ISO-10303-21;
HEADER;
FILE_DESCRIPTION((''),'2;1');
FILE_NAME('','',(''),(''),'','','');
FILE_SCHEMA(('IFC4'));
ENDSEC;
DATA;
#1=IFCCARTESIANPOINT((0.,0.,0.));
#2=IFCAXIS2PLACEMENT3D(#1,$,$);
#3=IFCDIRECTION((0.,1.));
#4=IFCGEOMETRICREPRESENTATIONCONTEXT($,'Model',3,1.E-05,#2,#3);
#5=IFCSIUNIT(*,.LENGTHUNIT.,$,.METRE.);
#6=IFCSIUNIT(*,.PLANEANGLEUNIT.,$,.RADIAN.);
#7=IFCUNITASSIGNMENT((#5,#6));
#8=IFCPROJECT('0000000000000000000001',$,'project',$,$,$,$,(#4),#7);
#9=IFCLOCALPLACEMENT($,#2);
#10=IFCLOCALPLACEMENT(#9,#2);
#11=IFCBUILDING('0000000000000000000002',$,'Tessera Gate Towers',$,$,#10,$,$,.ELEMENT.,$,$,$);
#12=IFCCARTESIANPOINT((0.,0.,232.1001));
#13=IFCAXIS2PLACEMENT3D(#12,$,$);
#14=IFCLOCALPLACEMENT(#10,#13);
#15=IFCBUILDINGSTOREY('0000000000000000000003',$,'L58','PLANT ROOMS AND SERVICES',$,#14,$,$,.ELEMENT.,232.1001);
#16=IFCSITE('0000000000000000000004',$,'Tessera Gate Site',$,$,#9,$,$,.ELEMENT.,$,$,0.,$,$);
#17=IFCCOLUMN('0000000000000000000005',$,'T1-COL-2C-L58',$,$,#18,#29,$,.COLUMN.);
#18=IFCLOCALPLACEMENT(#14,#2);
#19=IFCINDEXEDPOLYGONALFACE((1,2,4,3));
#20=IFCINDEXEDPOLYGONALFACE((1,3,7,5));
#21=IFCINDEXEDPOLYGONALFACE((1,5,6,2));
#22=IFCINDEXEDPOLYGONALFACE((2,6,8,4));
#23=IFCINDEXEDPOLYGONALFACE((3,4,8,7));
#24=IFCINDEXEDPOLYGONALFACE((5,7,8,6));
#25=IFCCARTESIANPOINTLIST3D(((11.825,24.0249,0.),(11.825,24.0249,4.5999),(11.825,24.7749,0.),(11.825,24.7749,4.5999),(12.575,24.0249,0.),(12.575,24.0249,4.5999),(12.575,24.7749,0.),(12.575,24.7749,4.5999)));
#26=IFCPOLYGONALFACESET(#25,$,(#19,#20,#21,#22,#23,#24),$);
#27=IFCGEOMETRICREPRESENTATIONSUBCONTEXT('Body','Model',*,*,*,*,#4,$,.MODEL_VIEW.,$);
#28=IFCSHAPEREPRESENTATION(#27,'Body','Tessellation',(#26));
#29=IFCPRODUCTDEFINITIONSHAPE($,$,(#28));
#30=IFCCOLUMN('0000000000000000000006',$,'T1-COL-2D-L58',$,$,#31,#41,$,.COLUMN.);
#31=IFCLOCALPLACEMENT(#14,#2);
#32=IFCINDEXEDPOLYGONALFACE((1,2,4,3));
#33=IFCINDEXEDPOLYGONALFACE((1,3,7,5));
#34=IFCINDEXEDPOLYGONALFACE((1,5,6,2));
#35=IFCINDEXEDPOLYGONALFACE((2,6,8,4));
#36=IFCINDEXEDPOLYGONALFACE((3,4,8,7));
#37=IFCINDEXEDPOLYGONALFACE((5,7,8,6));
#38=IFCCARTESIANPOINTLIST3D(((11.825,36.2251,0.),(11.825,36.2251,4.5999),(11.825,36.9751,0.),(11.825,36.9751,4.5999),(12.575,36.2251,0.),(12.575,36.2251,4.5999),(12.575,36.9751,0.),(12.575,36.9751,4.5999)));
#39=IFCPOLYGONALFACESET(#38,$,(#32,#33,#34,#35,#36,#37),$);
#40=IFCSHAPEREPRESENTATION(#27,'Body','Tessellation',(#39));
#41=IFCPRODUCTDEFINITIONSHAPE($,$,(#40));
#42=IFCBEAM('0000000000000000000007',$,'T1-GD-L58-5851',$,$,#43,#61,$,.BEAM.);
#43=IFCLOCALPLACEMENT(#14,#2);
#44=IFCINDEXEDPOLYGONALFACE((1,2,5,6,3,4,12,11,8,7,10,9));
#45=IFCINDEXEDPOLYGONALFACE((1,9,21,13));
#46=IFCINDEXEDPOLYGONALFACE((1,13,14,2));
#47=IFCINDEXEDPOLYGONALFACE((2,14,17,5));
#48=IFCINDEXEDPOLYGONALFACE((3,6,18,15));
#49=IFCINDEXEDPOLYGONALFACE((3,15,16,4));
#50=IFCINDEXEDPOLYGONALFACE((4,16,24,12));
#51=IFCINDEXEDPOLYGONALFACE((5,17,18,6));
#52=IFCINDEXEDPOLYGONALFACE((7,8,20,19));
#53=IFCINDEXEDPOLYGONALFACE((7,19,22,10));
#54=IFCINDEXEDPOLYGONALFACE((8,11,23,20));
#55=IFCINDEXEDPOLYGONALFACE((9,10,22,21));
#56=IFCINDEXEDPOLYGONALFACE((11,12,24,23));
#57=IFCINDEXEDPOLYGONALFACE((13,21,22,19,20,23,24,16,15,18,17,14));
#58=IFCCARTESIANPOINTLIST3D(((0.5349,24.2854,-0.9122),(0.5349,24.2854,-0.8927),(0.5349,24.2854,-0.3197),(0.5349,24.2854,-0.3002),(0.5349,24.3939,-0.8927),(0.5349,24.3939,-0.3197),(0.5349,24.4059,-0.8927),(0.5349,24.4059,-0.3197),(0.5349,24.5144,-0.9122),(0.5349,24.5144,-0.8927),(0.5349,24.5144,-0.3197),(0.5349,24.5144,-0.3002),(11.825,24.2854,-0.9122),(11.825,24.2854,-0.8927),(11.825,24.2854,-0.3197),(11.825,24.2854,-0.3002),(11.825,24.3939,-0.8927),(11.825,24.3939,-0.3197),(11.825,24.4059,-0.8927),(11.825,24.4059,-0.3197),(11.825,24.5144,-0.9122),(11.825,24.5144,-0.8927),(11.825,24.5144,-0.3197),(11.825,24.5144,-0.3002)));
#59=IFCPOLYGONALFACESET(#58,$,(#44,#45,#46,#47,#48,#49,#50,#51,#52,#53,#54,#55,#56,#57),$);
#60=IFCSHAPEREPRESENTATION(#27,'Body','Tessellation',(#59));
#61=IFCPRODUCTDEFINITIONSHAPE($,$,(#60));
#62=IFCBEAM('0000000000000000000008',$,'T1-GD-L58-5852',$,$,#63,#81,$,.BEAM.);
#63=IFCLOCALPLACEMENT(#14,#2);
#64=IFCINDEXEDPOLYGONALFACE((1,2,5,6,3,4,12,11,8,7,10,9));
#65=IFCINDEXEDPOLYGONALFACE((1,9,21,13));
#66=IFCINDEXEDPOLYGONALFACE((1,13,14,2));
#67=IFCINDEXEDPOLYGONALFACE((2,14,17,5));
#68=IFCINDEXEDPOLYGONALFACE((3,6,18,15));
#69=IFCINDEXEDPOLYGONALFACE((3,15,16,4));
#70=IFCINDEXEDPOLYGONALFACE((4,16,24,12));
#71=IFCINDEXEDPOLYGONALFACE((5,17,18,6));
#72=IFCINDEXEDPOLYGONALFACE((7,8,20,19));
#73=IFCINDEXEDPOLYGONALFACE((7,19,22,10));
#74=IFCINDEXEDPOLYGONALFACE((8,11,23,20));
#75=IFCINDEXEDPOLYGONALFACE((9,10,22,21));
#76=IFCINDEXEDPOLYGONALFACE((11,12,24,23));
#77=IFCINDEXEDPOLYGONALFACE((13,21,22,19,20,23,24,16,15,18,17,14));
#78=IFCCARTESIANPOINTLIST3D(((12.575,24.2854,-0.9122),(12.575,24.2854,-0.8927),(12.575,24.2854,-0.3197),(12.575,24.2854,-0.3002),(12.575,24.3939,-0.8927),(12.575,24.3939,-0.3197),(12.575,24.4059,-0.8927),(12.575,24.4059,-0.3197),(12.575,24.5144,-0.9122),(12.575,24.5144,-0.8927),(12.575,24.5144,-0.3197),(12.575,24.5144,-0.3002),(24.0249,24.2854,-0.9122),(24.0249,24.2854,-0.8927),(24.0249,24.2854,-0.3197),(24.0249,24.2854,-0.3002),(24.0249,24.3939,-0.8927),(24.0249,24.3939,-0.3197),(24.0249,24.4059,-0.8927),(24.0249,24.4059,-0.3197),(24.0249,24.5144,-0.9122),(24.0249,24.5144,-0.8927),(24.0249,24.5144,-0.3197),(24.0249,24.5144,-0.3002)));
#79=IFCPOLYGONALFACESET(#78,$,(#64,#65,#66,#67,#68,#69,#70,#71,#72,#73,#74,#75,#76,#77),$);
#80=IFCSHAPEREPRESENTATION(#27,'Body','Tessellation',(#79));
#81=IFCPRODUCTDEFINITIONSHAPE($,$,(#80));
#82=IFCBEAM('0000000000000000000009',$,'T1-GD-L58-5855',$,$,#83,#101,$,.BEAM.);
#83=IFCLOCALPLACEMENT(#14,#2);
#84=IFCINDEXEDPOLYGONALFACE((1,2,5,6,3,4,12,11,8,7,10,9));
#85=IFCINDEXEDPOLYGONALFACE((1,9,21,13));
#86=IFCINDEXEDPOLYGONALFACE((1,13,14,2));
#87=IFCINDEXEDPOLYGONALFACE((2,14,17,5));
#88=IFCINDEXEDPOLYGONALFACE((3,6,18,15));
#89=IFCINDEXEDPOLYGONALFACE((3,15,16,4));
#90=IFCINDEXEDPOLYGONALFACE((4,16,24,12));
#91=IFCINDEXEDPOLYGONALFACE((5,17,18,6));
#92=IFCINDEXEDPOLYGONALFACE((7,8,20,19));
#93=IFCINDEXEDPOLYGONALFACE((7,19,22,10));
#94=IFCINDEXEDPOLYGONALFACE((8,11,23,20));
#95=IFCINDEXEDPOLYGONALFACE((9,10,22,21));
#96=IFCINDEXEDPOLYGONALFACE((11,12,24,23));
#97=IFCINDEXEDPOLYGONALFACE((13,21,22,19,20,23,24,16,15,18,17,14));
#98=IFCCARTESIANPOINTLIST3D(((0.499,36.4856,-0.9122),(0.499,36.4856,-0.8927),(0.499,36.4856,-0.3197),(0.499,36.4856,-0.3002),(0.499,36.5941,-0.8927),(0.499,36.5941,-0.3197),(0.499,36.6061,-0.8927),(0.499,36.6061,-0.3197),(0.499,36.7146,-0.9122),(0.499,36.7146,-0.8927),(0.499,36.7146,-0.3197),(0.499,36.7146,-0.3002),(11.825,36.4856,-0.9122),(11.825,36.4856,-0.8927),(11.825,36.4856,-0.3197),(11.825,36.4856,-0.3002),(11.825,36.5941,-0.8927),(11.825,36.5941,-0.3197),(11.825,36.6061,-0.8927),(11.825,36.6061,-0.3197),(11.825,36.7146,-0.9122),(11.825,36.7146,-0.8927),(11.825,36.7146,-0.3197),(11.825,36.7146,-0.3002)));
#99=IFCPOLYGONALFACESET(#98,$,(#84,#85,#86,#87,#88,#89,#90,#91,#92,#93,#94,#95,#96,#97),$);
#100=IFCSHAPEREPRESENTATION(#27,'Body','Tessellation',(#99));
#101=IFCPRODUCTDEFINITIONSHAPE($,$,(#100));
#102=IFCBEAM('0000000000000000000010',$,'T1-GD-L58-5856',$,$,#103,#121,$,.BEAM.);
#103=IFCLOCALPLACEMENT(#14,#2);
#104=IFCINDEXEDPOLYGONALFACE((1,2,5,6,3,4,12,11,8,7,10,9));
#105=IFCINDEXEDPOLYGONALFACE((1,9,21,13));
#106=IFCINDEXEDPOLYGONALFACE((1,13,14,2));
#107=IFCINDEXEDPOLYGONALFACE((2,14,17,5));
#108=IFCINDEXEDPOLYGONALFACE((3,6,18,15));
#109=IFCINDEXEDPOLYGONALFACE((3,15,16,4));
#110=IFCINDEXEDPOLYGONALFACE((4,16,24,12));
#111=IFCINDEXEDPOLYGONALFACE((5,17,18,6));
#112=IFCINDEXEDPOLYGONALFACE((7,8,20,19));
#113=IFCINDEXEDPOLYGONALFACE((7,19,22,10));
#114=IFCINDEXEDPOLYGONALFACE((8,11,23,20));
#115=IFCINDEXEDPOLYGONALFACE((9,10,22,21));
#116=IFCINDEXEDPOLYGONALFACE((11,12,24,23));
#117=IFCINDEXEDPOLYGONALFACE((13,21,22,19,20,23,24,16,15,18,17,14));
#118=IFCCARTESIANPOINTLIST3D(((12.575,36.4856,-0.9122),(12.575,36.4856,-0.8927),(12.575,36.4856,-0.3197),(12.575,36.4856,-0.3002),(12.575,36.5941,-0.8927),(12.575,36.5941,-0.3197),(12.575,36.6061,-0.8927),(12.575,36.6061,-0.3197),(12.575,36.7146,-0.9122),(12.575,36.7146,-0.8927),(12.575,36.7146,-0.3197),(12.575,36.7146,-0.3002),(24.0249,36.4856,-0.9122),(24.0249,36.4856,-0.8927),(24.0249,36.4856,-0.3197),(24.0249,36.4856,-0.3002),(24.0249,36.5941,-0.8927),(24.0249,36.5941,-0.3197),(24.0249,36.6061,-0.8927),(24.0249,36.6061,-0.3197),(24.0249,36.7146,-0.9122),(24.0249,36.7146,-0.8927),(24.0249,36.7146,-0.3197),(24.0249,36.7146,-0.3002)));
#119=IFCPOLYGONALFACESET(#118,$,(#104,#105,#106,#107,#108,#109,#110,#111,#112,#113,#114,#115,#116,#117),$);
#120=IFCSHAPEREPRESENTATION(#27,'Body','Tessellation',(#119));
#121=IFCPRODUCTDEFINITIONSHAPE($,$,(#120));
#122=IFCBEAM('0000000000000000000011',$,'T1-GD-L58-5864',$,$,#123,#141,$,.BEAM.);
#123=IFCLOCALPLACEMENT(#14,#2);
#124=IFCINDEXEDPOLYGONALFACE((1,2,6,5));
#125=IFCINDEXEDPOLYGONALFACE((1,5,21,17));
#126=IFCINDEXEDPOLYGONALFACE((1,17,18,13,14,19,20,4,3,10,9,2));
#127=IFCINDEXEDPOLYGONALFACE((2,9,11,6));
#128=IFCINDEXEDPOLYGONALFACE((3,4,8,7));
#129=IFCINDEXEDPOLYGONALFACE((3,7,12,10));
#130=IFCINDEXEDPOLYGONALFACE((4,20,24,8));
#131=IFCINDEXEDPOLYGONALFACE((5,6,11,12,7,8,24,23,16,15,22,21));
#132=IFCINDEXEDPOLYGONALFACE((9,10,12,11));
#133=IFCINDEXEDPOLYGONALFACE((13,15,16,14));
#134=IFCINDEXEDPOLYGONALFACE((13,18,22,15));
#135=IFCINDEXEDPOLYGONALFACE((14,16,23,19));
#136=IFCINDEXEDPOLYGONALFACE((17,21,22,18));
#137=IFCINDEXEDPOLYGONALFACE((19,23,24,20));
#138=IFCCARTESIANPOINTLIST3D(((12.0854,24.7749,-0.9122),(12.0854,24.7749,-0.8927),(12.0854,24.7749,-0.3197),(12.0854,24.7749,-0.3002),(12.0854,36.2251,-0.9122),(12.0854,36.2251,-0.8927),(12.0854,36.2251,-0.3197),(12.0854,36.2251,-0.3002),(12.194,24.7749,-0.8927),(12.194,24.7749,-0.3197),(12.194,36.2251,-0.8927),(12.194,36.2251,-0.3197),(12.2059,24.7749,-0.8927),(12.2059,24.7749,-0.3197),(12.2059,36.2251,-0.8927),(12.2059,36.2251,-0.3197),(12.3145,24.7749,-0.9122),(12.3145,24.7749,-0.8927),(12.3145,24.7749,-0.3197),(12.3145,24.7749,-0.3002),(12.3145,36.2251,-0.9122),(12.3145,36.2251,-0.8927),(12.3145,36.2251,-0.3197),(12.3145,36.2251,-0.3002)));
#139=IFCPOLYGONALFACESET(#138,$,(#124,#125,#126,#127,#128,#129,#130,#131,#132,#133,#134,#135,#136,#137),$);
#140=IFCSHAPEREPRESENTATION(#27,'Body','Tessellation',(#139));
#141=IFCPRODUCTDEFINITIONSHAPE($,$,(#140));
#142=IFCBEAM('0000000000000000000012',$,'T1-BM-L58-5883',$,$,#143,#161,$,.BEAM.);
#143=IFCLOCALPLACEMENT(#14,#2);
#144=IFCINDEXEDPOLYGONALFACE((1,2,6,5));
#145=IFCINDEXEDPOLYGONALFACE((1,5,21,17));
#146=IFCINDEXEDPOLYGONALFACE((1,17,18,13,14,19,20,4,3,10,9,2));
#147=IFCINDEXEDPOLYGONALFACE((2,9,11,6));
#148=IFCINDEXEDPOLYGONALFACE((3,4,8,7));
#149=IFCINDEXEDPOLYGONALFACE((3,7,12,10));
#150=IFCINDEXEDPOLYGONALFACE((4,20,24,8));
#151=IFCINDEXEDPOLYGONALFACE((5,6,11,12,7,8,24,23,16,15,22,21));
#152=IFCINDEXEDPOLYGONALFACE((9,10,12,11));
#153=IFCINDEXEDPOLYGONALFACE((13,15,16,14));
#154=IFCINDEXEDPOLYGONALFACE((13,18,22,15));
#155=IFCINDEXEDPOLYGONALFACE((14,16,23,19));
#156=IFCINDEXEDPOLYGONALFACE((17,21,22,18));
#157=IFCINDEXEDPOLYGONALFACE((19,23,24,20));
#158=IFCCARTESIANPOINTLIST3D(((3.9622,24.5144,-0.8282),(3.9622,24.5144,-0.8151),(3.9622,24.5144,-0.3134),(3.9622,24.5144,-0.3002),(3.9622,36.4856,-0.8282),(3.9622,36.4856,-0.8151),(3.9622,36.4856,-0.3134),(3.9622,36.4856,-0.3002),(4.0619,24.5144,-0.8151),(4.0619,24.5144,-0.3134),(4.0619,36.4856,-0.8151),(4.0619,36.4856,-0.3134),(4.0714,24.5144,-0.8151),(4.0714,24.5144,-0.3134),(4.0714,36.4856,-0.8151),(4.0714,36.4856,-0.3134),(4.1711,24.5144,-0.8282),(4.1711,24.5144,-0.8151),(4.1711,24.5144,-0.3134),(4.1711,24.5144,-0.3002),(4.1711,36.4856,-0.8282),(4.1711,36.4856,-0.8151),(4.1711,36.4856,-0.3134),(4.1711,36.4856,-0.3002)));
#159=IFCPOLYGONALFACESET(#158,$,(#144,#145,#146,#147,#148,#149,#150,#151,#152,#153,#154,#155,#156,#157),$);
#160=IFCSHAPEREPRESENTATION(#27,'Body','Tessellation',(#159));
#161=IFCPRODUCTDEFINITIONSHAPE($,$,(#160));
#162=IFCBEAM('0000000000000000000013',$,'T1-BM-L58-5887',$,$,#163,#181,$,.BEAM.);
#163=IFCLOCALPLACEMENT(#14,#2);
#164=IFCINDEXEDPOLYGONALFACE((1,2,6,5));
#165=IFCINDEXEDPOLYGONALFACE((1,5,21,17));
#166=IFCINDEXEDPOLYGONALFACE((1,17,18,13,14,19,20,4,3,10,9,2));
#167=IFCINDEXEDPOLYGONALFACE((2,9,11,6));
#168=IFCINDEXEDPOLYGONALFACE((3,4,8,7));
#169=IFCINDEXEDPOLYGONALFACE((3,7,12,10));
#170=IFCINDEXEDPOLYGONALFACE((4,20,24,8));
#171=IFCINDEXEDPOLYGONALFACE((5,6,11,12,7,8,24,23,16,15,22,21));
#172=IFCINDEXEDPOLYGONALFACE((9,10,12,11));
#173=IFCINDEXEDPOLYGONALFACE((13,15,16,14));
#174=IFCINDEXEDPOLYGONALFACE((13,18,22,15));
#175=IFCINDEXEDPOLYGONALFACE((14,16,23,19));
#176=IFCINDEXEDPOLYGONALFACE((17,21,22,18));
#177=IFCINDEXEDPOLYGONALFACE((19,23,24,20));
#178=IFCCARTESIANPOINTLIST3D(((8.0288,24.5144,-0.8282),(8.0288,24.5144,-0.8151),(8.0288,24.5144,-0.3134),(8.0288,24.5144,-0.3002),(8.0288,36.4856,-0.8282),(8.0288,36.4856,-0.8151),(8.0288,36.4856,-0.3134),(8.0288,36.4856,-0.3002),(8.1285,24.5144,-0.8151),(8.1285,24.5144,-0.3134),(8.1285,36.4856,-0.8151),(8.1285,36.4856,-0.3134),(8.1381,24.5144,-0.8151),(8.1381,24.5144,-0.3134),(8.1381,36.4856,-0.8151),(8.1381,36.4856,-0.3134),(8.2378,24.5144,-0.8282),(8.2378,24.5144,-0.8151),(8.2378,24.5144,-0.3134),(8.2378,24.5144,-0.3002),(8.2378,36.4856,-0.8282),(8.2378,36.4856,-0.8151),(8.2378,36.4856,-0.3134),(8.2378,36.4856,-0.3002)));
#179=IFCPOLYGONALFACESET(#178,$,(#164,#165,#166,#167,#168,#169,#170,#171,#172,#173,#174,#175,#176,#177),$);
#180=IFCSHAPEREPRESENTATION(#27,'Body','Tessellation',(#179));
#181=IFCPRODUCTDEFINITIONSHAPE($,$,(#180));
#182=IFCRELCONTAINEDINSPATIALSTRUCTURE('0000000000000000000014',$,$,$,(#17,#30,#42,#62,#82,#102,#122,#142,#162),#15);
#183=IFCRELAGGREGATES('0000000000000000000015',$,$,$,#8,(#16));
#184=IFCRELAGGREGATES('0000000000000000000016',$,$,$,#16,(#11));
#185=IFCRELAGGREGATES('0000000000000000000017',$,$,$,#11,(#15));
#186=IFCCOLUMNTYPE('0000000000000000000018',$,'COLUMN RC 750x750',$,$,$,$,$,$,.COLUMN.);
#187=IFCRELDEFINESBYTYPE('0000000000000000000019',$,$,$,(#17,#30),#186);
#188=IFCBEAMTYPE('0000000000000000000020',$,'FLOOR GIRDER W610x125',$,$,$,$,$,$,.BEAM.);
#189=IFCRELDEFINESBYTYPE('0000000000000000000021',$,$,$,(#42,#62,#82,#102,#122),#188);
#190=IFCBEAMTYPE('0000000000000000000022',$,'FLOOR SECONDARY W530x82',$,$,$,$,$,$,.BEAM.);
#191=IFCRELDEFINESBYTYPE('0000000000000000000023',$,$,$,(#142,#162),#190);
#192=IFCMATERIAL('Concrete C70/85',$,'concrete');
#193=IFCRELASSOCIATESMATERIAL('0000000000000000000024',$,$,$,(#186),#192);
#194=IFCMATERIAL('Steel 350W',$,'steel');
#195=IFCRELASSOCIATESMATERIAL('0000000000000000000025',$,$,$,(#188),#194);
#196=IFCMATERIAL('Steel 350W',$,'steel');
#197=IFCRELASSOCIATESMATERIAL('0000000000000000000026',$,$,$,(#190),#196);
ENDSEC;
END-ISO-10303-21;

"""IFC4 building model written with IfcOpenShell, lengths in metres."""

from ifc_helpers import new_model, si_unit, direction, frame, origin, origin_2d, place, context, subcontext, project, spatial, rectangle, i_section, extrude, material, material_profile, profile_set, type_object, element, save


model = new_model("IFC4")

# Units and contexts
model_context = context("Model", 3, precision=1e-05, world=origin(), true_north=direction((0.0, 1.0)))
body_context = subcontext(model_context, "Body", "Model", "MODEL_VIEW")
ifc_project = project(units=[si_unit("LENGTHUNIT", "METRE"), si_unit("PLANEANGLEUNIT", "RADIAN")], contexts=[model_context])

# Site, building, storey
site_placement = place(None, origin())
site = spatial("IfcSite", under=ifc_project, at=site_placement, Name="Tessera Gate Site", CompositionType="ELEMENT", RefElevation=0.0)
building_placement = place(site_placement, origin())
building = spatial("IfcBuilding", under=site, at=building_placement, Name="Tessera Gate Towers", CompositionType="ELEMENT")
storey_placement = place(building_placement, frame((0.0, 0.0, 232.1001)))
storey = spatial("IfcBuildingStorey", under=building, at=storey_placement, Name="L58", Description="PLANT ROOMS AND SERVICES", CompositionType="ELEMENT", Elevation=232.1001)

# Columns
ifc_material_1 = material(Name="Concrete C70/85", Category="concrete")
ifc_material_profile_1 = material_profile(ifc_material_1, rectangle(XDim=0.75, YDim=0.75, at=origin_2d()), Name="RC 750x750")
ifc_profile_set_1 = profile_set([ifc_material_profile_1], Name="Concrete C70/85")
column_type = type_object("IfcColumnType", Name="COLUMN RC 750x750", PredefinedType="COLUMN", material=ifc_profile_set_1)
for number, where, z_axis, x_axis, name in (
    (1, (12.2, 24.3999, 0.0), (0.0, 0.0, 1.0), (1.0, 0.0, 0.0), "T1-COL-2C-L58"),
    (2, (12.2, 36.6001, 0.0), (0.0, 0.0, 1.0), (1.0, 0.0, 0.0), "T1-COL-2D-L58"),
):
    element("IfcColumn", number, at=place(storey_placement, frame(where, z_axis=z_axis, x_axis=x_axis)), inside=storey, type_object=column_type, Name=name, PredefinedType="COLUMN", context=body_context, shape_type="SweptSolid", body=[
        extrude(rectangle(XDim=0.75, YDim=0.75, at=origin_2d()), origin(), (0.0, 0.0, 1.0), 4.5999),
    ])

# Beams
ifc_material_2 = material(Name="Steel 350W", Category="steel")
ifc_material_profile_2 = material_profile(ifc_material_2, i_section(OverallWidth=0.229, OverallDepth=0.6121, WebThickness=0.012, FlangeThickness=0.0195, at=origin_2d()), Name="W610x125")
ifc_profile_set_2 = profile_set([ifc_material_profile_2], Name="Steel 350W")
beam_type_1 = type_object("IfcBeamType", Name="FLOOR GIRDER W610x125", PredefinedType="BEAM", material=ifc_profile_set_2)
beam_1_placement = place(storey_placement, frame((0.5349, 24.3999, -0.6062), z_axis=(1.0, 0.0, 0.0), x_axis=(0.0, 1.0, 0.0)))
element("IfcBeam", 3, at=beam_1_placement, inside=storey, type_object=beam_type_1, Name="T1-GD-L58-5851", PredefinedType="BEAM", context=body_context, shape_type="SweptSolid", body=[
    extrude(i_section(OverallWidth=0.229, OverallDepth=0.6121, WebThickness=0.012, FlangeThickness=0.0195, at=origin_2d()), origin(), (0.0, 0.0, 1.0), 11.29),
])
beam_2_placement = place(storey_placement, frame((12.575, 24.3999, -0.6062), z_axis=(1.0, 0.0, 0.0), x_axis=(0.0, 1.0, 0.0)))
element("IfcBeam", 4, at=beam_2_placement, inside=storey, type_object=beam_type_1, Name="T1-GD-L58-5852", PredefinedType="BEAM", context=body_context, shape_type="SweptSolid", body=[
    extrude(i_section(OverallWidth=0.229, OverallDepth=0.6121, WebThickness=0.012, FlangeThickness=0.0195, at=origin_2d()), origin(), (0.0, 0.0, 1.0), 11.45),
])
beam_3_placement = place(storey_placement, frame((0.499, 36.6001, -0.6062), z_axis=(1.0, 0.0, 0.0), x_axis=(0.0, 1.0, 0.0)))
element("IfcBeam", 5, at=beam_3_placement, inside=storey, type_object=beam_type_1, Name="T1-GD-L58-5855", PredefinedType="BEAM", context=body_context, shape_type="SweptSolid", body=[
    extrude(i_section(OverallWidth=0.229, OverallDepth=0.6121, WebThickness=0.012, FlangeThickness=0.0195, at=origin_2d()), origin(), (0.0, 0.0, 1.0), 11.3259),
])
beam_4_placement = place(storey_placement, frame((12.575, 36.6001, -0.6062), z_axis=(1.0, 0.0, 0.0), x_axis=(0.0, 1.0, 0.0)))
element("IfcBeam", 6, at=beam_4_placement, inside=storey, type_object=beam_type_1, Name="T1-GD-L58-5856", PredefinedType="BEAM", context=body_context, shape_type="SweptSolid", body=[
    extrude(i_section(OverallWidth=0.229, OverallDepth=0.6121, WebThickness=0.012, FlangeThickness=0.0195, at=origin_2d()), origin(), (0.0, 0.0, 1.0), 11.45),
])
beam_5_placement = place(storey_placement, frame((12.2, 24.7749, -0.6062), z_axis=(0.0, 1.0, 0.0), x_axis=(-1.0, 0.0, 0.0)))
element("IfcBeam", 7, at=beam_5_placement, inside=storey, type_object=beam_type_1, Name="T1-GD-L58-5864", PredefinedType="BEAM", context=body_context, shape_type="SweptSolid", body=[
    extrude(i_section(OverallWidth=0.229, OverallDepth=0.6121, WebThickness=0.012, FlangeThickness=0.0195, at=origin_2d()), origin(), (0.0, 0.0, 1.0), 11.4502),
])
ifc_material_3 = material(Name="Steel 350W", Category="steel")
ifc_material_profile_3 = material_profile(ifc_material_3, i_section(OverallWidth=0.209, OverallDepth=0.5281, WebThickness=0.0095, FlangeThickness=0.0132, at=origin_2d()), Name="W530x82")
ifc_profile_set_3 = profile_set([ifc_material_profile_3], Name="Steel 350W")
beam_type_2 = type_object("IfcBeamType", Name="FLOOR SECONDARY W530x82", PredefinedType="BEAM", material=ifc_profile_set_3)
for number, where, z_axis, x_axis, name in (
    (8, (4.0667, 24.5144, -0.5642), (0.0, 1.0, 0.0), (-1.0, 0.0, 0.0), "T1-BM-L58-5883"),
    (9, (8.1333, 24.5144, -0.5642), (0.0, 1.0, 0.0), (-1.0, 0.0, 0.0), "T1-BM-L58-5887"),
):
    element("IfcBeam", number, at=place(storey_placement, frame(where, z_axis=z_axis, x_axis=x_axis)), inside=storey, type_object=beam_type_2, Name=name, PredefinedType="BEAM", context=body_context, shape_type="SweptSolid", body=[
        extrude(i_section(OverallWidth=0.209, OverallDepth=0.5281, WebThickness=0.0095, FlangeThickness=0.0132, at=origin_2d()), origin(), (0.0, 0.0, 1.0), 11.9712),
    ])

save(model, "model.ifc")
